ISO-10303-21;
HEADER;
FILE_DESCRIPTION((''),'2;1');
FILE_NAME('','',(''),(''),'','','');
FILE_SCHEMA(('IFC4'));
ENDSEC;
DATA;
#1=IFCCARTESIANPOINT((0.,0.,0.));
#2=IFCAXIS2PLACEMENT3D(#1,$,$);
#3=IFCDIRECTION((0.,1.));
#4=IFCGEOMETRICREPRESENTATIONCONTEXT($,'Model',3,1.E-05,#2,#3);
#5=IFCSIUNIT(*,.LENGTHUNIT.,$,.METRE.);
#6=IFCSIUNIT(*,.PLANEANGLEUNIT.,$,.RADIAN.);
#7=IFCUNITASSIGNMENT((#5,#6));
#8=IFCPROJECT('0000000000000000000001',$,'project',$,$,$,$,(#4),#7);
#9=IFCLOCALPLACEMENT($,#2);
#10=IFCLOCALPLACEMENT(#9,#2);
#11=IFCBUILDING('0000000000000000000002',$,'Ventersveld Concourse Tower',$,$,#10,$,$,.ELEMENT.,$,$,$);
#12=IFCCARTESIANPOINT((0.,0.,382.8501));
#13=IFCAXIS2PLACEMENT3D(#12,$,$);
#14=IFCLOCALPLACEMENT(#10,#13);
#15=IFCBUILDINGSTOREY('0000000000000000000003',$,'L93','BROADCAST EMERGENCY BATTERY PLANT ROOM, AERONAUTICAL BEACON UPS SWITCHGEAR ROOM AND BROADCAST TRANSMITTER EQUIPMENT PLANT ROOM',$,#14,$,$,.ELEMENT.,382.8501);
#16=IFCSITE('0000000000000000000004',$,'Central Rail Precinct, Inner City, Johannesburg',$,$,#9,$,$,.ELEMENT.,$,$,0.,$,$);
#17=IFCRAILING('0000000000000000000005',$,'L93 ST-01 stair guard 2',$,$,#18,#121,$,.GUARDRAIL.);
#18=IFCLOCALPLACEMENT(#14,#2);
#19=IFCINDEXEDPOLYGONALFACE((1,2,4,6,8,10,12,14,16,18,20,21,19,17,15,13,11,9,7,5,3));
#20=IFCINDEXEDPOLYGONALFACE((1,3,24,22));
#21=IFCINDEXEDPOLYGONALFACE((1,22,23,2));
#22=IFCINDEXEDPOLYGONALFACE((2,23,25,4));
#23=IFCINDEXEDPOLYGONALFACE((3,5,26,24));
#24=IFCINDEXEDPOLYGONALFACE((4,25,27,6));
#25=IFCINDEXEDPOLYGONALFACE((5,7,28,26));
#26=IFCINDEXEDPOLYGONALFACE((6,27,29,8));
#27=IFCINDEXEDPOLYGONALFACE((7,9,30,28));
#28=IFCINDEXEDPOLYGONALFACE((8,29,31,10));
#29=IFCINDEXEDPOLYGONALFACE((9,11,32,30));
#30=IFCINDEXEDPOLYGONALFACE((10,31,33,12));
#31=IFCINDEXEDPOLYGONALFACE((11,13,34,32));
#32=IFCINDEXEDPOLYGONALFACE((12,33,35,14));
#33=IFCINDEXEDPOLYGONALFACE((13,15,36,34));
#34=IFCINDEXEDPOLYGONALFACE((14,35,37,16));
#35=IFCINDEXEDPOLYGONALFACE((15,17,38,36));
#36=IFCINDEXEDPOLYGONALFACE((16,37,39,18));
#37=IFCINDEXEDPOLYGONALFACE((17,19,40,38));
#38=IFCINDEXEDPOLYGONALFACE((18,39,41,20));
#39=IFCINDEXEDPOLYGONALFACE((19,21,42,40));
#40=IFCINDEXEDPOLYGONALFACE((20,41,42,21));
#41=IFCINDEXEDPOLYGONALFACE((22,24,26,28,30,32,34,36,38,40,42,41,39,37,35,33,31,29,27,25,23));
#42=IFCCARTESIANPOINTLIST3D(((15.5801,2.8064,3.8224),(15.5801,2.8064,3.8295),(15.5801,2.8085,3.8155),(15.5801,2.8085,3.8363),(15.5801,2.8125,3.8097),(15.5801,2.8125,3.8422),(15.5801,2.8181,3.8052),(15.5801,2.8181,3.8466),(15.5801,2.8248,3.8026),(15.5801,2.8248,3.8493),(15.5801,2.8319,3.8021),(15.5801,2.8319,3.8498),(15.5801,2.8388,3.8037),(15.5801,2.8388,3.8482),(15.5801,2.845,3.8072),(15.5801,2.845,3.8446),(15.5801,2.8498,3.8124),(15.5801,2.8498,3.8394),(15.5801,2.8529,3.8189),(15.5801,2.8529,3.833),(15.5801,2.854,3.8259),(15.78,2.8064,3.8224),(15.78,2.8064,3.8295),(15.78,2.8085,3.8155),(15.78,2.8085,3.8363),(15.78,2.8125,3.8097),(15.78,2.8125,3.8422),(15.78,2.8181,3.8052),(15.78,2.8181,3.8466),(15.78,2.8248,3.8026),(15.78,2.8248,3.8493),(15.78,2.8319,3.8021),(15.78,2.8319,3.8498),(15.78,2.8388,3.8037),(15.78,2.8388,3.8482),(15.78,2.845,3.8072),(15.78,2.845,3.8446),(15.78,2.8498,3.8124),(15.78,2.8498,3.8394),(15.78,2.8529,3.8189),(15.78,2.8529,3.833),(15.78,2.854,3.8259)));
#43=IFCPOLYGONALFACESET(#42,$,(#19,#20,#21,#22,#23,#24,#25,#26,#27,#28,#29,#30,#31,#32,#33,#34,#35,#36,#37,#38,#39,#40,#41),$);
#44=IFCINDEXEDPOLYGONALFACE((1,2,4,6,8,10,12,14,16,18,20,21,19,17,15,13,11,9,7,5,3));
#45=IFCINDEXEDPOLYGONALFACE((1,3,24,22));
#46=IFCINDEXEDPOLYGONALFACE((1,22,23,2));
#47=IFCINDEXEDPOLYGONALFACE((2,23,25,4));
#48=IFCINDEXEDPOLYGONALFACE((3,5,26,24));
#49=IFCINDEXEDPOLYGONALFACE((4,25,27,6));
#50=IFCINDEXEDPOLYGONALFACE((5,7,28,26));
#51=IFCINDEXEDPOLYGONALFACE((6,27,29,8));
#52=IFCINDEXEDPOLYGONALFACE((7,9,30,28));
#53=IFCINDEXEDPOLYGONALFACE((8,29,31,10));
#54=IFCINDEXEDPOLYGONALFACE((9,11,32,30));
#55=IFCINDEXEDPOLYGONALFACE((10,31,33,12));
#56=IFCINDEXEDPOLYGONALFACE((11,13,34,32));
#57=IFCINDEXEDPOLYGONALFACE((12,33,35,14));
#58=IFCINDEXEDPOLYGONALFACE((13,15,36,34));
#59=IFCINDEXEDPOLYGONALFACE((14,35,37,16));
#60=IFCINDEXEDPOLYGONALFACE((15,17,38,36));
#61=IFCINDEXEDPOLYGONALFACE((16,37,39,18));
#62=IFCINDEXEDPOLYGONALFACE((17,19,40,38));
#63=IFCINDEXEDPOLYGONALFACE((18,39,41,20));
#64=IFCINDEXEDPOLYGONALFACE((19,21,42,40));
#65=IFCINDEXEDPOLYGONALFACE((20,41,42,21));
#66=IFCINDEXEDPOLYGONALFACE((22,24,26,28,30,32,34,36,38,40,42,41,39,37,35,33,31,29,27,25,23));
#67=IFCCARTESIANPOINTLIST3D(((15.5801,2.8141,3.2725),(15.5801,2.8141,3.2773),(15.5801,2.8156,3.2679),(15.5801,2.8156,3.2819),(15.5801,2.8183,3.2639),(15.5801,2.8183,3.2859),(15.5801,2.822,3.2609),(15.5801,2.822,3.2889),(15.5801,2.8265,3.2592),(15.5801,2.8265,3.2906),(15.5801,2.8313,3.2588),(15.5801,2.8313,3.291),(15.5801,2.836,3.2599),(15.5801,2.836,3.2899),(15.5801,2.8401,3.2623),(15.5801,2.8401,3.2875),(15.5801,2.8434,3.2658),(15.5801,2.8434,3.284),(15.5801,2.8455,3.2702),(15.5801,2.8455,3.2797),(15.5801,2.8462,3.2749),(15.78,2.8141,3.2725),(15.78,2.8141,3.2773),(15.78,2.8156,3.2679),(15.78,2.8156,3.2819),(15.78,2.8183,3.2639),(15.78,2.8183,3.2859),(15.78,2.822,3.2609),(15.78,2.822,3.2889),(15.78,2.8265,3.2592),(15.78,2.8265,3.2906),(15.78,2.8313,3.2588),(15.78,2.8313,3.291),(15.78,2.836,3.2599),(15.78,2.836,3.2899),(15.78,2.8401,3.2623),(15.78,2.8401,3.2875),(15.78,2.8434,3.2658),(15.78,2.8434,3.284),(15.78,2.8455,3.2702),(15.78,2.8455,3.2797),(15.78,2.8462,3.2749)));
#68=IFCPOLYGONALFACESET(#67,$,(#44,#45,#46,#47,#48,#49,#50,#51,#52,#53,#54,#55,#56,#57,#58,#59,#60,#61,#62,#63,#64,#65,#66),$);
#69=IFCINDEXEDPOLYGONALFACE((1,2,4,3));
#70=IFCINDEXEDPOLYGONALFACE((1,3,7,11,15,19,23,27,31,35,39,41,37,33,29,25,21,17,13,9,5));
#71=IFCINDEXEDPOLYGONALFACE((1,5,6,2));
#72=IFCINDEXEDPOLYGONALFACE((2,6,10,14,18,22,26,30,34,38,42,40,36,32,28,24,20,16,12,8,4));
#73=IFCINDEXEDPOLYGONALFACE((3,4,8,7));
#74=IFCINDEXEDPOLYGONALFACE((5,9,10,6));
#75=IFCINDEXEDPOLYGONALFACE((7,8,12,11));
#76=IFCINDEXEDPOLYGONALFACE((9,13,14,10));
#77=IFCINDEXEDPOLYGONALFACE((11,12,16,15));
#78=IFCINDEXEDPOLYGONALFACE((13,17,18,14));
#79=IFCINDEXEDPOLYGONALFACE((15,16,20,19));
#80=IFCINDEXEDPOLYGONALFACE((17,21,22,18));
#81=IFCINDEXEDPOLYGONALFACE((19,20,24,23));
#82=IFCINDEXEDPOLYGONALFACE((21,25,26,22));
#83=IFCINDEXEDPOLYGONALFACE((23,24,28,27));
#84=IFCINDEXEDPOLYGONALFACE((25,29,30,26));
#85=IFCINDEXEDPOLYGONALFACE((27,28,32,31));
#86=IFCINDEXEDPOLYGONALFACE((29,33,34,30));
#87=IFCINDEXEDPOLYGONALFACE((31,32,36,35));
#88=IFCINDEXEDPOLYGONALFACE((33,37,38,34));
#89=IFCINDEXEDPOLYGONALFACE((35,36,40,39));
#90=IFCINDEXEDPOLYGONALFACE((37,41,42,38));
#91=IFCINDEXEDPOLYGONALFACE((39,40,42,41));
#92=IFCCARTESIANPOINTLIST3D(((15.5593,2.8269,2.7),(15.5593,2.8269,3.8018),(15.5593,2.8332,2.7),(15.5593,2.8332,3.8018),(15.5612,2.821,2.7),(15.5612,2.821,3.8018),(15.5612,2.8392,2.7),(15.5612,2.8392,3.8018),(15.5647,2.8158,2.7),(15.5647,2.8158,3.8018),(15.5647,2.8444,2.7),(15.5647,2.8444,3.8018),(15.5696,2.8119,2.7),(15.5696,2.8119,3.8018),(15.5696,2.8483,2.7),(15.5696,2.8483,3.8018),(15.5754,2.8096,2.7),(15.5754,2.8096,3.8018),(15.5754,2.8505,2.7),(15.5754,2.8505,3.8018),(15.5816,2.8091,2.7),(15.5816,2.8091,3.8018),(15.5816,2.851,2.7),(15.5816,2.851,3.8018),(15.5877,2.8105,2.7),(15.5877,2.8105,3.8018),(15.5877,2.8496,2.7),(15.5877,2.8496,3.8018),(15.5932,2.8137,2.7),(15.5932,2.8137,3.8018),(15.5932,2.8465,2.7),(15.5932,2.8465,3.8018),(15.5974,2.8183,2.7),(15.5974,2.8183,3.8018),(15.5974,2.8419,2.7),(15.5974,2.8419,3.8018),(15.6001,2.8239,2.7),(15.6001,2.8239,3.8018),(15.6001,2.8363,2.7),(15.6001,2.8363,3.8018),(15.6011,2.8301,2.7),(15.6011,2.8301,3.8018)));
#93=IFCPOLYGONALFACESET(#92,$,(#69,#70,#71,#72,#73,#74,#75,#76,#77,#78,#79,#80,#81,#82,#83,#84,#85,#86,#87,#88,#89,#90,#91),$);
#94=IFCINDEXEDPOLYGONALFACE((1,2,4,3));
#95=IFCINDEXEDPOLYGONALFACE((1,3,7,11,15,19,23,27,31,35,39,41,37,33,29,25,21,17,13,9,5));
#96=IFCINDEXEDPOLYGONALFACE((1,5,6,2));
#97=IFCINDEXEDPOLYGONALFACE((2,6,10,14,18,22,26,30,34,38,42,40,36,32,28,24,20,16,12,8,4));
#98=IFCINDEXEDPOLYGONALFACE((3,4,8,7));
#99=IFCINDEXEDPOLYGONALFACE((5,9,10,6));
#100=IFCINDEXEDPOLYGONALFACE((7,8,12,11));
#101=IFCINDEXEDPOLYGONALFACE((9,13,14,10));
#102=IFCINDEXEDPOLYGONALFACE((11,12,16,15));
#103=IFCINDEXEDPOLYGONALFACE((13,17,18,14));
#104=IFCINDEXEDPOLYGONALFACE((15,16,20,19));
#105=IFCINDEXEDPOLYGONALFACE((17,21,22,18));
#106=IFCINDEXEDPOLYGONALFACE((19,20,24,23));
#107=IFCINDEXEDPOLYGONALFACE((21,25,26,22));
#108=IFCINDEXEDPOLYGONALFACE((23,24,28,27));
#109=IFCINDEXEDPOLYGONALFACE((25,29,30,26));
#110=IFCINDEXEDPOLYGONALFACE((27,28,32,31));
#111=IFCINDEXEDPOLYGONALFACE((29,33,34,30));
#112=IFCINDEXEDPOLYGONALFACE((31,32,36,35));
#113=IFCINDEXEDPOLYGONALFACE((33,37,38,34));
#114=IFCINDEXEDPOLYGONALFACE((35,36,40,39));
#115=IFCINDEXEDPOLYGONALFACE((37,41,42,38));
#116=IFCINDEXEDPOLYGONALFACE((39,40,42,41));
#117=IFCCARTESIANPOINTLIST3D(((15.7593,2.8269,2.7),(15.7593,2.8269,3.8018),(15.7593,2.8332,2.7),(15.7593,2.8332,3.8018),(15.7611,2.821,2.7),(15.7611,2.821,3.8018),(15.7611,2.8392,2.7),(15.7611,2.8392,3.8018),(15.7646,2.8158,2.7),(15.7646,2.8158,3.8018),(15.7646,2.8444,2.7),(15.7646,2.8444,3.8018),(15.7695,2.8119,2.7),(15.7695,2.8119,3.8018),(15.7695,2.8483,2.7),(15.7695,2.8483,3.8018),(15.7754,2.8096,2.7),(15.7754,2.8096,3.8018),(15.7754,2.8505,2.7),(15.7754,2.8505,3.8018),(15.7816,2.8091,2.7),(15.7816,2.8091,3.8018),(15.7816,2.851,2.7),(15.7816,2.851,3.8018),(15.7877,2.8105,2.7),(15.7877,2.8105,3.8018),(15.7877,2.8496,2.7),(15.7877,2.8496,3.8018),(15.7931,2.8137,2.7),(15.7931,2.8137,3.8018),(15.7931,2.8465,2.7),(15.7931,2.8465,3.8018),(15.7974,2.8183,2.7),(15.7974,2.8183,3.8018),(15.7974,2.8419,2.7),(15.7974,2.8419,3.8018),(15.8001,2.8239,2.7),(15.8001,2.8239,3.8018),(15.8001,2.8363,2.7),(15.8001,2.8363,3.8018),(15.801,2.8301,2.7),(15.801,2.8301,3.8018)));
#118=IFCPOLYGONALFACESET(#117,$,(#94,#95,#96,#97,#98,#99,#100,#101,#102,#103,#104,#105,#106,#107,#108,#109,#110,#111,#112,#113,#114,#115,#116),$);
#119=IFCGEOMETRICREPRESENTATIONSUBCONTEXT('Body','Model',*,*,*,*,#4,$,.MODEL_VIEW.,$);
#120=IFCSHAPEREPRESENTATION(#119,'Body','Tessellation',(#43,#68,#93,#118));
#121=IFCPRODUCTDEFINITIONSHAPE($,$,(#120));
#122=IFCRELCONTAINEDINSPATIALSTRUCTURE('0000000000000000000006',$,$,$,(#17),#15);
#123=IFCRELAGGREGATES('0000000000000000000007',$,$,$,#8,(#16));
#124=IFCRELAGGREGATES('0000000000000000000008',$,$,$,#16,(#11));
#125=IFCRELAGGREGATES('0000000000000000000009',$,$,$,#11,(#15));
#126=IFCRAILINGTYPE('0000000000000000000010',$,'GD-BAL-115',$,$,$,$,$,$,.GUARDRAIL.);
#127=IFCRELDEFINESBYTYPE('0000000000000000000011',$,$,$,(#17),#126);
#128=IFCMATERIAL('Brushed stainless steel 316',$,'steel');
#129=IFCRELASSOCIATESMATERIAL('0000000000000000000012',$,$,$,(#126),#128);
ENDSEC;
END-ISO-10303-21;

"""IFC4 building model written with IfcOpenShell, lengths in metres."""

from ifc_helpers import new_model, si_unit, direction, frame, origin, origin_2d, place, context, subcontext, project, spatial, circle, extrude, material, type_object, element, save


model = new_model("IFC4")

# Units and contexts
model_context = context("Model", 3, precision=1e-05, world=origin(), true_north=direction((0.0, 1.0)))
body_context = subcontext(model_context, "Body", "Model", "MODEL_VIEW")
ifc_project = project(units=[si_unit("LENGTHUNIT", "METRE"), si_unit("PLANEANGLEUNIT", "RADIAN")], contexts=[model_context])

# Site, building, storey
site_placement = place(None, origin())
site = spatial("IfcSite", under=ifc_project, at=site_placement, Name="Central Rail Precinct, Inner City, Johannesburg", CompositionType="ELEMENT", RefElevation=0.0)
building_placement = place(site_placement, origin())
building = spatial("IfcBuilding", under=site, at=building_placement, Name="Ventersveld Concourse Tower", CompositionType="ELEMENT")
storey_placement = place(building_placement, frame((0.0, 0.0, 382.8501)))
storey = spatial("IfcBuildingStorey", under=building, at=storey_placement, Name="L93", Description="BROADCAST EMERGENCY BATTERY PLANT ROOM, AERONAUTICAL BEACON UPS SWITCHGEAR ROOM AND BROADCAST TRANSMITTER EQUIPMENT PLANT ROOM", CompositionType="ELEMENT", Elevation=382.8501)

# Railing
ifc_material_1 = material(Name="Brushed stainless steel 316", Category="steel")
railing_type_1 = type_object("IfcRailingType", Name="GD-BAL-115", PredefinedType="GUARDRAIL", material=ifc_material_1)
railing_1_placement = place(storey_placement, frame((15.5801, 2.8301, 2.7)))
element("IfcRailing", 1, at=railing_1_placement, inside=storey, type_object=railing_type_1, Name="L93 ST-01 stair guard 2", PredefinedType="GUARDRAIL", context=body_context, shape_type="SweptSolid", body=[
    extrude(circle(Radius=0.0239, at=origin_2d()), frame((0.0, 0.0, 1.126), z_axis=(1.0, 0.0, 0.0), x_axis=(0.0, 1.0, 0.0)), (0.0, 0.0, 1.0), 0.2),
    extrude(circle(Radius=0.0161, at=origin_2d()), frame((0.0, 0.0, 0.575), z_axis=(1.0, 0.0, 0.0), x_axis=(0.0, 1.0, 0.0)), (0.0, 0.0, 1.0), 0.2),
    extrude(circle(Radius=0.021, at=origin_2d()), origin(), (0.0, 0.0, 1.0), 1.1018),
    extrude(circle(Radius=0.021, at=origin_2d()), frame((0.2, 0.0, 0.0)), (0.0, 0.0, 1.0), 1.1018),
])

save(model, "model.ifc")
